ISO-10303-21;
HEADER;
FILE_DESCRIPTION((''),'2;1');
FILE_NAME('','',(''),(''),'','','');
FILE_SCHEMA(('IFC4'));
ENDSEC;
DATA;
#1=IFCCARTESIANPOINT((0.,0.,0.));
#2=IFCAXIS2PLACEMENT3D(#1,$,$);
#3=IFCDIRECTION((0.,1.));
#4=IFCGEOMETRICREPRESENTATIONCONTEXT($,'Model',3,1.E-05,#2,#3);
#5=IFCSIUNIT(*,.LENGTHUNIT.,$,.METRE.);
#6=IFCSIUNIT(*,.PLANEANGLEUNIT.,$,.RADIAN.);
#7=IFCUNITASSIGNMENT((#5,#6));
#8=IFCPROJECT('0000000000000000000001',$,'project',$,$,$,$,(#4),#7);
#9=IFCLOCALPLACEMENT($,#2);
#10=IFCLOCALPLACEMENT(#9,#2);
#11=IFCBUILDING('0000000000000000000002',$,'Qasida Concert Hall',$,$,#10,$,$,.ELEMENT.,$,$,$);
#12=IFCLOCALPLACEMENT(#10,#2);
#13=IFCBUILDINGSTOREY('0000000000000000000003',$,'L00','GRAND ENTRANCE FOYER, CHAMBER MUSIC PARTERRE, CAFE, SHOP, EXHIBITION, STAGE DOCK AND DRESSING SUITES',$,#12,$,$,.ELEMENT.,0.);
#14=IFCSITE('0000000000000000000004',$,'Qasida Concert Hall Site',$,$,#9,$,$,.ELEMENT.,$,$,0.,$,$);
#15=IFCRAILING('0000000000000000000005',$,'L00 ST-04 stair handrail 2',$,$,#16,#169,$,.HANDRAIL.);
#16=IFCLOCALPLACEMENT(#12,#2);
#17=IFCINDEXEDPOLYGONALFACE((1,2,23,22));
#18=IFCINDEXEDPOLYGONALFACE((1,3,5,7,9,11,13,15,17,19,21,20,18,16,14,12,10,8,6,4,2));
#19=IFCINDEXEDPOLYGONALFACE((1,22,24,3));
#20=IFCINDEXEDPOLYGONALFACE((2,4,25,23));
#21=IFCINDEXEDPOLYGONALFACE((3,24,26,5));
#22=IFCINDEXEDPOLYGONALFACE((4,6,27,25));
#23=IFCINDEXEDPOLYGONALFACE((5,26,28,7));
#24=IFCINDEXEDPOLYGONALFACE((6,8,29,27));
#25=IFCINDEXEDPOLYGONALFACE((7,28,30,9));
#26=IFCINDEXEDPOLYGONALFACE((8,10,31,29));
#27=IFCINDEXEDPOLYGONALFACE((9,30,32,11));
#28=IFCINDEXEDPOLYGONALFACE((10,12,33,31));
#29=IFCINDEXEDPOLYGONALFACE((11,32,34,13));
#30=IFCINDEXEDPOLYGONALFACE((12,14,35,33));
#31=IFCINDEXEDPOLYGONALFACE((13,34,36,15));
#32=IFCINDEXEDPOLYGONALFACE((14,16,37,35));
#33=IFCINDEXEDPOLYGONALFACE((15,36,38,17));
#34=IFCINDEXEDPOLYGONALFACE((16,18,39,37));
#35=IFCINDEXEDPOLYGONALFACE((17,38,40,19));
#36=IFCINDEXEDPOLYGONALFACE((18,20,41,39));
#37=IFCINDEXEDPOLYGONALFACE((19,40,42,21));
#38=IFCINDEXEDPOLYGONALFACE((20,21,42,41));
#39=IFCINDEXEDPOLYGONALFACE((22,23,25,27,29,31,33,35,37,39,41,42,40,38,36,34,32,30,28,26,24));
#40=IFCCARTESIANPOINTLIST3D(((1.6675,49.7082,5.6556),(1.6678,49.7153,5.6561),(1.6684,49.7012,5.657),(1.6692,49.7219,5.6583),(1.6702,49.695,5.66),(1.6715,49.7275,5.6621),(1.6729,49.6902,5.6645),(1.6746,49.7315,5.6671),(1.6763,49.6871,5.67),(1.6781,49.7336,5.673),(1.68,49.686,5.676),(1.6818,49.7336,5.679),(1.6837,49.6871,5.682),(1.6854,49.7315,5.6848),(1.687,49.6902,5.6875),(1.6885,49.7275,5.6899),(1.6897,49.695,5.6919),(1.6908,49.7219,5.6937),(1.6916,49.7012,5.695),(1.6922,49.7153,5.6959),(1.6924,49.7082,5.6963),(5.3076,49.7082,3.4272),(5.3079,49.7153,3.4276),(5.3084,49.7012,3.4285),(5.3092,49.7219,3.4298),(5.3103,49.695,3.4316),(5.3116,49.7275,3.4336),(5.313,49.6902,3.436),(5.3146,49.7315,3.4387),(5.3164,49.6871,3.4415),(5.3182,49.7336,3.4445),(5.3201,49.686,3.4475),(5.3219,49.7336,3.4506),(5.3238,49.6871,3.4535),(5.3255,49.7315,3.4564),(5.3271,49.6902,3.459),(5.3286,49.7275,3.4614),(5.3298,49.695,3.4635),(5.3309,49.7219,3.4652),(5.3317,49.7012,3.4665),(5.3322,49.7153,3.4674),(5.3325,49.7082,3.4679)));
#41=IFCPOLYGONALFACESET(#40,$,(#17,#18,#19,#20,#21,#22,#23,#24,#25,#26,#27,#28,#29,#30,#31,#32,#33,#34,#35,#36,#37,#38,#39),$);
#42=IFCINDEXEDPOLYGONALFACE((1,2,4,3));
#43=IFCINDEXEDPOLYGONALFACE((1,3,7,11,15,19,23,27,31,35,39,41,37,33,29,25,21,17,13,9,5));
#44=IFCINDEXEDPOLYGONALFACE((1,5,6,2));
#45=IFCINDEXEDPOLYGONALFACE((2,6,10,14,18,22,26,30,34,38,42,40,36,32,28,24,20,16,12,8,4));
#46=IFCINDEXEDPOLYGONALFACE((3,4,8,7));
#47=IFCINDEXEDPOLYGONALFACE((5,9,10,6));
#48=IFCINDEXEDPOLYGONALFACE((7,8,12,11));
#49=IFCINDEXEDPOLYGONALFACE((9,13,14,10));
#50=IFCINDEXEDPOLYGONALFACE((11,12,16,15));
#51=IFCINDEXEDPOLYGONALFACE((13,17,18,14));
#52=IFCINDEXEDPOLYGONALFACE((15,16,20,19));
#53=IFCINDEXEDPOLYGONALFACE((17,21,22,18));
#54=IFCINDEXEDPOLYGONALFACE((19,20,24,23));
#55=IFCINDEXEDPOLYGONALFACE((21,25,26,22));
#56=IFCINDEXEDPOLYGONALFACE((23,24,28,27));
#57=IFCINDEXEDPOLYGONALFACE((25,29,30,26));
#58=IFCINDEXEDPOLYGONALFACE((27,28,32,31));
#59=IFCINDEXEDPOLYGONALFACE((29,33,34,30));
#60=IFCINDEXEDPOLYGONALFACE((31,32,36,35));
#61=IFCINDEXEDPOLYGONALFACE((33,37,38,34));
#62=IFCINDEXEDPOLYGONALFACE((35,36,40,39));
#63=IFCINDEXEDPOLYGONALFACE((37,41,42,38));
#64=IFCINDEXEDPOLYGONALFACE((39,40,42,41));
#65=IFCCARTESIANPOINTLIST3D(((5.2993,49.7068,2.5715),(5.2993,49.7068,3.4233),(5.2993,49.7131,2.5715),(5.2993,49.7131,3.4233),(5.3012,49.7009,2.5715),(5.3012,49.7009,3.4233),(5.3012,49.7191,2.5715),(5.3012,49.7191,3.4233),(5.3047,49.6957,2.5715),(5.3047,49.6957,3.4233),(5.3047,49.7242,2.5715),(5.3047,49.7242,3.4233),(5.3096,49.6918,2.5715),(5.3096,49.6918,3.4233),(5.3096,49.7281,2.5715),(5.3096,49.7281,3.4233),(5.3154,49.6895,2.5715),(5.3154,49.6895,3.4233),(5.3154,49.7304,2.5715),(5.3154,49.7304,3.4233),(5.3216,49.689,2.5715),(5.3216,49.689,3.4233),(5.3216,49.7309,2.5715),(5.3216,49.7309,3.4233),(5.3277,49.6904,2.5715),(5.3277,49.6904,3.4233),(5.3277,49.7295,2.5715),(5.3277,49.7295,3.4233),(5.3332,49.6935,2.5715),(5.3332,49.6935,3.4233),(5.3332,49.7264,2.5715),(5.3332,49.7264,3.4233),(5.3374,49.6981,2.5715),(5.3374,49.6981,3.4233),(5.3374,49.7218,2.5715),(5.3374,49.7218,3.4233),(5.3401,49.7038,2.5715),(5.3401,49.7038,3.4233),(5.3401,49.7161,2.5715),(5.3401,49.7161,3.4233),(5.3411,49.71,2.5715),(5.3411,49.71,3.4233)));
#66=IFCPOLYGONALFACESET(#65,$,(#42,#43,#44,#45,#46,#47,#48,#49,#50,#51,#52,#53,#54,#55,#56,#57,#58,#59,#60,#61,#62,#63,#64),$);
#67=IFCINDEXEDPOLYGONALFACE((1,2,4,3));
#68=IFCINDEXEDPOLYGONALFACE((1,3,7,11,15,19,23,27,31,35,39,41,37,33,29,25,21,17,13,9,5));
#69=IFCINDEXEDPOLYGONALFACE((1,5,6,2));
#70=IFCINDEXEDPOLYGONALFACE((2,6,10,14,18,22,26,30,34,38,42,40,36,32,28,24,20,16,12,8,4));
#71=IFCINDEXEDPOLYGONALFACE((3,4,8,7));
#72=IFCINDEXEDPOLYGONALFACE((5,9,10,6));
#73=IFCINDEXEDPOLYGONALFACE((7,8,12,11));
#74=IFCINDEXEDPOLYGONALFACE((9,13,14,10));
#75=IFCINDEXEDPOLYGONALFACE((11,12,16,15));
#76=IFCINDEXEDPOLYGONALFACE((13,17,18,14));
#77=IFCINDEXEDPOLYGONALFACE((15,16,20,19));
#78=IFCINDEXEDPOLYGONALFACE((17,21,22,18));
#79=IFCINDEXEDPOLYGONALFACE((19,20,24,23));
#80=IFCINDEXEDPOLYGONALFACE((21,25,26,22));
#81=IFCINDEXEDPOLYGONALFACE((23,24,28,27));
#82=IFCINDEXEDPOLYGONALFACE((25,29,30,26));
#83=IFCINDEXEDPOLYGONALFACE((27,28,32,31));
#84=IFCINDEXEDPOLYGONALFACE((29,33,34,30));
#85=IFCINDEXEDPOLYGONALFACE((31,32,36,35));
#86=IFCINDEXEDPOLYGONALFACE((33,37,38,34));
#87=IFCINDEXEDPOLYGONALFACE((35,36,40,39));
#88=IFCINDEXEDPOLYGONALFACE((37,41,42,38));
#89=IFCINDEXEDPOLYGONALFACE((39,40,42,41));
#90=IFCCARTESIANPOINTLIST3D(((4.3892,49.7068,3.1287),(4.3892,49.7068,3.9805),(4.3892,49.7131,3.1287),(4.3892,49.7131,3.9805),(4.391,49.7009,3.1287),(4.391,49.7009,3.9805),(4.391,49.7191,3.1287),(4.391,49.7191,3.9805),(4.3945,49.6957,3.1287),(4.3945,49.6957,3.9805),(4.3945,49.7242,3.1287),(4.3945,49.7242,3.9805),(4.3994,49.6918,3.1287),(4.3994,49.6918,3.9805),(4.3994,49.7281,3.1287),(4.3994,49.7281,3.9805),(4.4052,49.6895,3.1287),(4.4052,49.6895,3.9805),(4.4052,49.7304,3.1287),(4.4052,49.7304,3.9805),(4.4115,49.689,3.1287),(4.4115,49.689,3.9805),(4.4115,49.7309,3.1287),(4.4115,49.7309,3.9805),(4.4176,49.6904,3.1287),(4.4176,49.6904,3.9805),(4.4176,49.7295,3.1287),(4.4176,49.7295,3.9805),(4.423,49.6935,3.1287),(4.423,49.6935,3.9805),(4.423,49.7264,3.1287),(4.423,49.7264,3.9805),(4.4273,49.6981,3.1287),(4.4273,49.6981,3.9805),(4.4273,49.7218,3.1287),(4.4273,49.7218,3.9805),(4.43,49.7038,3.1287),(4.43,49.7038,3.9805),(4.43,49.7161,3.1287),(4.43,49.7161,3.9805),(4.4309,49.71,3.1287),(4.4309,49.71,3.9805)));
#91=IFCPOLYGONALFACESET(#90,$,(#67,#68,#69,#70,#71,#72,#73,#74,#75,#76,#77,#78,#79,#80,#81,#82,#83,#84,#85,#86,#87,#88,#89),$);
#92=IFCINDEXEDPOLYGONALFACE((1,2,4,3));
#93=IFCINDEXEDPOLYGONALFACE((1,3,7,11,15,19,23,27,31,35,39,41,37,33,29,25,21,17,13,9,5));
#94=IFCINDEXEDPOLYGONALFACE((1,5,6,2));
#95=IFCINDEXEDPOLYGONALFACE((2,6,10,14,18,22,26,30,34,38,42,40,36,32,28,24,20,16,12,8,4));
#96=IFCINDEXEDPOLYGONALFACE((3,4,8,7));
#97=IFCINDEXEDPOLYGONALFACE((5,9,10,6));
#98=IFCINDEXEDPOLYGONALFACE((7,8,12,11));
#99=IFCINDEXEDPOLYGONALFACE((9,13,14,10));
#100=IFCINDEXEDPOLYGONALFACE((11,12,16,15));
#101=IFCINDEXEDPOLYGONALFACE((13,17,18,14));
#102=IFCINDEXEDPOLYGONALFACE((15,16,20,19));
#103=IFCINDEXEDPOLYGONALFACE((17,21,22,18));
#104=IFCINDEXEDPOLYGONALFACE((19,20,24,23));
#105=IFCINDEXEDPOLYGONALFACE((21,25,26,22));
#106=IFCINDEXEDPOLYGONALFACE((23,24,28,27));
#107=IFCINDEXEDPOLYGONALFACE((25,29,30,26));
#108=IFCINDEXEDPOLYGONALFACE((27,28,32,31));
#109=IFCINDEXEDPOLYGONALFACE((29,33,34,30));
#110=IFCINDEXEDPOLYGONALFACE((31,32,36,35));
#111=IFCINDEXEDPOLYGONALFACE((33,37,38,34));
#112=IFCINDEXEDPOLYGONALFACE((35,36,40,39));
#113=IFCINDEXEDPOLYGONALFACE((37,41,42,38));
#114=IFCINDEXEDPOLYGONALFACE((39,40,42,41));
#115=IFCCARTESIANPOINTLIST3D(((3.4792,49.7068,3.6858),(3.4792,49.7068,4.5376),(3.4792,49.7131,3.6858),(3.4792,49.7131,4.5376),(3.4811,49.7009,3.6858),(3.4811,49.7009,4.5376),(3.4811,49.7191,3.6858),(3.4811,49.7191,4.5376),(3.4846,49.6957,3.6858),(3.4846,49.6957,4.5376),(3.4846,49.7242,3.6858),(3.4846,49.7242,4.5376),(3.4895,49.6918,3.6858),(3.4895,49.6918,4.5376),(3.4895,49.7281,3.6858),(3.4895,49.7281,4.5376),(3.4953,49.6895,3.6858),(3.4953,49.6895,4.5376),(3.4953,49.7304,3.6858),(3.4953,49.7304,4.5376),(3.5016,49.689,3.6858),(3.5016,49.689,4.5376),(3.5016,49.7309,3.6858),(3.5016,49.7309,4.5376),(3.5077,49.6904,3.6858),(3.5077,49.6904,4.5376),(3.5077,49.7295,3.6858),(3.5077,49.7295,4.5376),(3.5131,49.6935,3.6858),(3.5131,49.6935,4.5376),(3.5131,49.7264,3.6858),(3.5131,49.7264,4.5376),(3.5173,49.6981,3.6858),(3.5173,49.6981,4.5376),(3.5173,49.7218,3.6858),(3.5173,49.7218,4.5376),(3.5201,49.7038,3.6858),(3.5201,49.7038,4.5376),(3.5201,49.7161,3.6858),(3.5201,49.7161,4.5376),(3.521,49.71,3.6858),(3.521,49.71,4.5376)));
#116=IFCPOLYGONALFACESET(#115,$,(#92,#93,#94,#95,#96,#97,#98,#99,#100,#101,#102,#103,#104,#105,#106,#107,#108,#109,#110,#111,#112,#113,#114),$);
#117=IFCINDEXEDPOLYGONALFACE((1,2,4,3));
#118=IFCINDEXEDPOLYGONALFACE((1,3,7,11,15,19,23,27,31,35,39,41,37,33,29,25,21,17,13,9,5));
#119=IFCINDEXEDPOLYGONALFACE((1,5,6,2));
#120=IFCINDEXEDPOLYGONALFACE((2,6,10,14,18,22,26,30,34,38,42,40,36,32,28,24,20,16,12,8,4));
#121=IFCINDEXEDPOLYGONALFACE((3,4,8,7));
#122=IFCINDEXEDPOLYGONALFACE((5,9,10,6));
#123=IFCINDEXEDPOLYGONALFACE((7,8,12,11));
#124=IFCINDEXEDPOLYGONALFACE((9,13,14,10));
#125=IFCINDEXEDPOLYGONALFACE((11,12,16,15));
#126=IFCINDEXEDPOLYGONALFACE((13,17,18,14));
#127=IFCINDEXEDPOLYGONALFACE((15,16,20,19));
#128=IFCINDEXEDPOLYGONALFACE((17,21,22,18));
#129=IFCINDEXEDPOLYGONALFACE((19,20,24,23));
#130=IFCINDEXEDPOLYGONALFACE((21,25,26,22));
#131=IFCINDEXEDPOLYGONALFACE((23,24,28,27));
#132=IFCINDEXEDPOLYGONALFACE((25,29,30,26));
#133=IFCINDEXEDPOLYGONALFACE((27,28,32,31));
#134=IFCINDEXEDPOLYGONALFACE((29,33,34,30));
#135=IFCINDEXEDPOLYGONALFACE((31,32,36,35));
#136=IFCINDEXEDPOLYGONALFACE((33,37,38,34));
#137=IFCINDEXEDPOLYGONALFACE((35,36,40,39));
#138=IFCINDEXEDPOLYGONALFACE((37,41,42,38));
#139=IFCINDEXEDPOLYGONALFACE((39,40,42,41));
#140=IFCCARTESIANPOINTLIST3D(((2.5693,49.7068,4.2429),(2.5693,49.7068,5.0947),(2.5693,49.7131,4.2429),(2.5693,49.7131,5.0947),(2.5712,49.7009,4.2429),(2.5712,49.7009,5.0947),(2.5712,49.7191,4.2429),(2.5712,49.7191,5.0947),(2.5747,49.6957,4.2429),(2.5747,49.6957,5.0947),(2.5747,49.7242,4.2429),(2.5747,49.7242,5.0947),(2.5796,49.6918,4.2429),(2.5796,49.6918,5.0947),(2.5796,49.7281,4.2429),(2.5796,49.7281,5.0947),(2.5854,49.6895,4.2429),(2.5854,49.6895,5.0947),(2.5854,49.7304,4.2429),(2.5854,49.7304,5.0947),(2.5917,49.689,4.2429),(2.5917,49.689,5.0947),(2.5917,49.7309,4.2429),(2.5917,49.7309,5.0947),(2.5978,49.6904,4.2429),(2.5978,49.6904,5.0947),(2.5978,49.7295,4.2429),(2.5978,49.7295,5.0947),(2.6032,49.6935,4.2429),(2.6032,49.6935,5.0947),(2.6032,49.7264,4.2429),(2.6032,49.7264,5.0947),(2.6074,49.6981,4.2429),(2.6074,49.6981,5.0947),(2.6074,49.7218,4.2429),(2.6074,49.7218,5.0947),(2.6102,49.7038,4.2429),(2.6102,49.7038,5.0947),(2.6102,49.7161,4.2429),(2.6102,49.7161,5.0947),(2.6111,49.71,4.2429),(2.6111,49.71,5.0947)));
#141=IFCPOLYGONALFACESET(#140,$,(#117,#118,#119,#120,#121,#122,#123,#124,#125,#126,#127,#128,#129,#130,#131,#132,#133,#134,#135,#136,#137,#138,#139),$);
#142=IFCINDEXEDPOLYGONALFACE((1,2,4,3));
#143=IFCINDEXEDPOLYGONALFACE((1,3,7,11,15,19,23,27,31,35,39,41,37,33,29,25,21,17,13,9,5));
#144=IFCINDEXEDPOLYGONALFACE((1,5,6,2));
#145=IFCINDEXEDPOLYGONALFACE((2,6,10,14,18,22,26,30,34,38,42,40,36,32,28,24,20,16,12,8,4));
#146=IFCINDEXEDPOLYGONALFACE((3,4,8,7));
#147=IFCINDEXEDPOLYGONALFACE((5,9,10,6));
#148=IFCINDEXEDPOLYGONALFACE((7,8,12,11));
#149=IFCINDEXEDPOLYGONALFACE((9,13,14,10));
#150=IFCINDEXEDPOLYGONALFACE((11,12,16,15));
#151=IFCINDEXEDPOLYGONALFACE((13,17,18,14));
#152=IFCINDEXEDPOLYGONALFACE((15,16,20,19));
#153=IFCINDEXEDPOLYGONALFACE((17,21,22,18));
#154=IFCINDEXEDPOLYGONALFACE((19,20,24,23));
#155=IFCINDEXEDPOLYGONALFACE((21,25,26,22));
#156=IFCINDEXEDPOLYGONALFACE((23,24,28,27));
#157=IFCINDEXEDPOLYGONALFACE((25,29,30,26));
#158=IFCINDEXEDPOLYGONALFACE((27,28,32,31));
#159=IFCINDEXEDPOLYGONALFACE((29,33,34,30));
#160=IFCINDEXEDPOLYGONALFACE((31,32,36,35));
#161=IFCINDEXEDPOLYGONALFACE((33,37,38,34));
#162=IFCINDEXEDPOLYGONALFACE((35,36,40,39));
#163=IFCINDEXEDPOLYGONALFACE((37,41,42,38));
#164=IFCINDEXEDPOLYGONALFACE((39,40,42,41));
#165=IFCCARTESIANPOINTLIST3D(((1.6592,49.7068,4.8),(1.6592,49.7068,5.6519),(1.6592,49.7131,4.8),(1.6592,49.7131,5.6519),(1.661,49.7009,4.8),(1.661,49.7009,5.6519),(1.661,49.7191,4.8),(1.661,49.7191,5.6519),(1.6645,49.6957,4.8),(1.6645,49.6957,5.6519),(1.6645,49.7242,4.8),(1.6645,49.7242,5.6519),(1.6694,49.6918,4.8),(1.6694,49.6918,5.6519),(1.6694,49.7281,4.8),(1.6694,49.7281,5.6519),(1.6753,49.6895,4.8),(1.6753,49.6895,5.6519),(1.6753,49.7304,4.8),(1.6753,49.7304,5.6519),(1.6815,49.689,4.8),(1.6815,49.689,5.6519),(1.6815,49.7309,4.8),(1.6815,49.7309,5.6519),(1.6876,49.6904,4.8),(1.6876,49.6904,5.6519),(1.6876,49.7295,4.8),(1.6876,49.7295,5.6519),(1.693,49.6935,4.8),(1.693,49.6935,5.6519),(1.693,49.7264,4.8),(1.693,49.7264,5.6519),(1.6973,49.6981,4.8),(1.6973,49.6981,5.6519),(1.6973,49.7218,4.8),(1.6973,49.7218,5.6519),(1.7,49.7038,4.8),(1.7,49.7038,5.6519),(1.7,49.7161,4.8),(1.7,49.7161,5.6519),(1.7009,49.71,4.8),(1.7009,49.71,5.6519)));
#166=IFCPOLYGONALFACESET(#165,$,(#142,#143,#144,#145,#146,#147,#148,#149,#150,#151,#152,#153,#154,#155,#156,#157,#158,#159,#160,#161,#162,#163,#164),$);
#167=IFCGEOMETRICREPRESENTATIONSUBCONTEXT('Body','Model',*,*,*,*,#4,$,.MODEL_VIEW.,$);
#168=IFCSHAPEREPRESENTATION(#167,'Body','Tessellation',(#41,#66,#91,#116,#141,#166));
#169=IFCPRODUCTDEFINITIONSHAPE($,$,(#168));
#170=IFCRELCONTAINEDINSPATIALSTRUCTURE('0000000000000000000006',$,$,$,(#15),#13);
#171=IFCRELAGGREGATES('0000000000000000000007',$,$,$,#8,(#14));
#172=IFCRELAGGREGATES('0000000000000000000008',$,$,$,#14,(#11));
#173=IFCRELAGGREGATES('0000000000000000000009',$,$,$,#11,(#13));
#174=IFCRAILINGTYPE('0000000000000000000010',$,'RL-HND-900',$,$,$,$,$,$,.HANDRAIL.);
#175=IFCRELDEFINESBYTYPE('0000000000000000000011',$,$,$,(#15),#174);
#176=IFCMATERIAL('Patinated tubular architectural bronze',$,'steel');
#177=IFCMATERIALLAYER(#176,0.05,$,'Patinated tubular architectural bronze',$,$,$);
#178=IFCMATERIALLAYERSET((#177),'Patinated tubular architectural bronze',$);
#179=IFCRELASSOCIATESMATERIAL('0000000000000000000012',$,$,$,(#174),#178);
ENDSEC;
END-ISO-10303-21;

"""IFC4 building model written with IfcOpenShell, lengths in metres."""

from ifc_helpers import new_model, si_unit, direction, frame, origin, origin_2d, place, context, subcontext, project, spatial, circle, extrude, material, layer, layer_set, type_object, element, save


model = new_model("IFC4")

# Units and contexts
model_context = context("Model", 3, precision=1e-05, world=origin(), true_north=direction((0.0, 1.0)))
body_context = subcontext(model_context, "Body", "Model", "MODEL_VIEW")
ifc_project = project(units=[si_unit("LENGTHUNIT", "METRE"), si_unit("PLANEANGLEUNIT", "RADIAN")], contexts=[model_context])

# Site, building, storey
site_placement = place(None, origin())
site = spatial("IfcSite", under=ifc_project, at=site_placement, Name="Qasida Concert Hall Site", CompositionType="ELEMENT", RefElevation=0.0)
building_placement = place(site_placement, origin())
building = spatial("IfcBuilding", under=site, at=building_placement, Name="Qasida Concert Hall", CompositionType="ELEMENT")
storey_placement = place(building_placement, origin())
storey = spatial("IfcBuildingStorey", under=building, at=storey_placement, Name="L00", Description="GRAND ENTRANCE FOYER, CHAMBER MUSIC PARTERRE, CAFE, SHOP, EXHIBITION, STAGE DOCK AND DRESSING SUITES", CompositionType="ELEMENT", Elevation=0.0)

# Railing
ifc_material_1 = material(Name="Patinated tubular architectural bronze", Category="steel")
ifc_layer_1 = layer(ifc_material_1, 0.05, Name="Patinated tubular architectural bronze")
ifc_layer_set_1 = layer_set([ifc_layer_1], Name="Patinated tubular architectural bronze")
railing_type_1 = type_object("IfcRailingType", Name="RL-HND-900", PredefinedType="HANDRAIL", material=ifc_layer_set_1)
railing_1_placement = place(storey_placement, frame((5.3201, 49.71, 2.5715)))
element("IfcRailing", 1, at=railing_1_placement, inside=storey, type_object=railing_type_1, Name="L00 ST-04 stair handrail 2", PredefinedType="HANDRAIL", context=body_context, shape_type="SweptSolid", body=[
    extrude(circle(Radius=0.0239, at=origin_2d()), frame((0.0, 0.0, 0.876), z_axis=(-0.852866, 0.0, 0.52213), x_axis=(0.0, -1.0, 0.0)), (0.0, 0.0, 1.0), 4.2681),
    extrude(circle(Radius=0.021, at=origin_2d()), origin(), (0.0, 0.0, 1.0), 0.8518),
    extrude(circle(Radius=0.021, at=origin_2d()), frame((-0.9102, 0.0, 0.5571)), (0.0, 0.0, 1.0), 0.8518),
    extrude(circle(Radius=0.021, at=origin_2d()), frame((-1.8201, 0.0, 1.1143)), (0.0, 0.0, 1.0), 0.8518),
    extrude(circle(Radius=0.021, at=origin_2d()), frame((-2.73, 0.0, 1.6714)), (0.0, 0.0, 1.0), 0.8518),
    extrude(circle(Radius=0.021, at=origin_2d()), frame((-3.6401, 0.0, 2.2285)), (0.0, 0.0, 1.0), 0.8518),
])

save(model, "model.ifc")
